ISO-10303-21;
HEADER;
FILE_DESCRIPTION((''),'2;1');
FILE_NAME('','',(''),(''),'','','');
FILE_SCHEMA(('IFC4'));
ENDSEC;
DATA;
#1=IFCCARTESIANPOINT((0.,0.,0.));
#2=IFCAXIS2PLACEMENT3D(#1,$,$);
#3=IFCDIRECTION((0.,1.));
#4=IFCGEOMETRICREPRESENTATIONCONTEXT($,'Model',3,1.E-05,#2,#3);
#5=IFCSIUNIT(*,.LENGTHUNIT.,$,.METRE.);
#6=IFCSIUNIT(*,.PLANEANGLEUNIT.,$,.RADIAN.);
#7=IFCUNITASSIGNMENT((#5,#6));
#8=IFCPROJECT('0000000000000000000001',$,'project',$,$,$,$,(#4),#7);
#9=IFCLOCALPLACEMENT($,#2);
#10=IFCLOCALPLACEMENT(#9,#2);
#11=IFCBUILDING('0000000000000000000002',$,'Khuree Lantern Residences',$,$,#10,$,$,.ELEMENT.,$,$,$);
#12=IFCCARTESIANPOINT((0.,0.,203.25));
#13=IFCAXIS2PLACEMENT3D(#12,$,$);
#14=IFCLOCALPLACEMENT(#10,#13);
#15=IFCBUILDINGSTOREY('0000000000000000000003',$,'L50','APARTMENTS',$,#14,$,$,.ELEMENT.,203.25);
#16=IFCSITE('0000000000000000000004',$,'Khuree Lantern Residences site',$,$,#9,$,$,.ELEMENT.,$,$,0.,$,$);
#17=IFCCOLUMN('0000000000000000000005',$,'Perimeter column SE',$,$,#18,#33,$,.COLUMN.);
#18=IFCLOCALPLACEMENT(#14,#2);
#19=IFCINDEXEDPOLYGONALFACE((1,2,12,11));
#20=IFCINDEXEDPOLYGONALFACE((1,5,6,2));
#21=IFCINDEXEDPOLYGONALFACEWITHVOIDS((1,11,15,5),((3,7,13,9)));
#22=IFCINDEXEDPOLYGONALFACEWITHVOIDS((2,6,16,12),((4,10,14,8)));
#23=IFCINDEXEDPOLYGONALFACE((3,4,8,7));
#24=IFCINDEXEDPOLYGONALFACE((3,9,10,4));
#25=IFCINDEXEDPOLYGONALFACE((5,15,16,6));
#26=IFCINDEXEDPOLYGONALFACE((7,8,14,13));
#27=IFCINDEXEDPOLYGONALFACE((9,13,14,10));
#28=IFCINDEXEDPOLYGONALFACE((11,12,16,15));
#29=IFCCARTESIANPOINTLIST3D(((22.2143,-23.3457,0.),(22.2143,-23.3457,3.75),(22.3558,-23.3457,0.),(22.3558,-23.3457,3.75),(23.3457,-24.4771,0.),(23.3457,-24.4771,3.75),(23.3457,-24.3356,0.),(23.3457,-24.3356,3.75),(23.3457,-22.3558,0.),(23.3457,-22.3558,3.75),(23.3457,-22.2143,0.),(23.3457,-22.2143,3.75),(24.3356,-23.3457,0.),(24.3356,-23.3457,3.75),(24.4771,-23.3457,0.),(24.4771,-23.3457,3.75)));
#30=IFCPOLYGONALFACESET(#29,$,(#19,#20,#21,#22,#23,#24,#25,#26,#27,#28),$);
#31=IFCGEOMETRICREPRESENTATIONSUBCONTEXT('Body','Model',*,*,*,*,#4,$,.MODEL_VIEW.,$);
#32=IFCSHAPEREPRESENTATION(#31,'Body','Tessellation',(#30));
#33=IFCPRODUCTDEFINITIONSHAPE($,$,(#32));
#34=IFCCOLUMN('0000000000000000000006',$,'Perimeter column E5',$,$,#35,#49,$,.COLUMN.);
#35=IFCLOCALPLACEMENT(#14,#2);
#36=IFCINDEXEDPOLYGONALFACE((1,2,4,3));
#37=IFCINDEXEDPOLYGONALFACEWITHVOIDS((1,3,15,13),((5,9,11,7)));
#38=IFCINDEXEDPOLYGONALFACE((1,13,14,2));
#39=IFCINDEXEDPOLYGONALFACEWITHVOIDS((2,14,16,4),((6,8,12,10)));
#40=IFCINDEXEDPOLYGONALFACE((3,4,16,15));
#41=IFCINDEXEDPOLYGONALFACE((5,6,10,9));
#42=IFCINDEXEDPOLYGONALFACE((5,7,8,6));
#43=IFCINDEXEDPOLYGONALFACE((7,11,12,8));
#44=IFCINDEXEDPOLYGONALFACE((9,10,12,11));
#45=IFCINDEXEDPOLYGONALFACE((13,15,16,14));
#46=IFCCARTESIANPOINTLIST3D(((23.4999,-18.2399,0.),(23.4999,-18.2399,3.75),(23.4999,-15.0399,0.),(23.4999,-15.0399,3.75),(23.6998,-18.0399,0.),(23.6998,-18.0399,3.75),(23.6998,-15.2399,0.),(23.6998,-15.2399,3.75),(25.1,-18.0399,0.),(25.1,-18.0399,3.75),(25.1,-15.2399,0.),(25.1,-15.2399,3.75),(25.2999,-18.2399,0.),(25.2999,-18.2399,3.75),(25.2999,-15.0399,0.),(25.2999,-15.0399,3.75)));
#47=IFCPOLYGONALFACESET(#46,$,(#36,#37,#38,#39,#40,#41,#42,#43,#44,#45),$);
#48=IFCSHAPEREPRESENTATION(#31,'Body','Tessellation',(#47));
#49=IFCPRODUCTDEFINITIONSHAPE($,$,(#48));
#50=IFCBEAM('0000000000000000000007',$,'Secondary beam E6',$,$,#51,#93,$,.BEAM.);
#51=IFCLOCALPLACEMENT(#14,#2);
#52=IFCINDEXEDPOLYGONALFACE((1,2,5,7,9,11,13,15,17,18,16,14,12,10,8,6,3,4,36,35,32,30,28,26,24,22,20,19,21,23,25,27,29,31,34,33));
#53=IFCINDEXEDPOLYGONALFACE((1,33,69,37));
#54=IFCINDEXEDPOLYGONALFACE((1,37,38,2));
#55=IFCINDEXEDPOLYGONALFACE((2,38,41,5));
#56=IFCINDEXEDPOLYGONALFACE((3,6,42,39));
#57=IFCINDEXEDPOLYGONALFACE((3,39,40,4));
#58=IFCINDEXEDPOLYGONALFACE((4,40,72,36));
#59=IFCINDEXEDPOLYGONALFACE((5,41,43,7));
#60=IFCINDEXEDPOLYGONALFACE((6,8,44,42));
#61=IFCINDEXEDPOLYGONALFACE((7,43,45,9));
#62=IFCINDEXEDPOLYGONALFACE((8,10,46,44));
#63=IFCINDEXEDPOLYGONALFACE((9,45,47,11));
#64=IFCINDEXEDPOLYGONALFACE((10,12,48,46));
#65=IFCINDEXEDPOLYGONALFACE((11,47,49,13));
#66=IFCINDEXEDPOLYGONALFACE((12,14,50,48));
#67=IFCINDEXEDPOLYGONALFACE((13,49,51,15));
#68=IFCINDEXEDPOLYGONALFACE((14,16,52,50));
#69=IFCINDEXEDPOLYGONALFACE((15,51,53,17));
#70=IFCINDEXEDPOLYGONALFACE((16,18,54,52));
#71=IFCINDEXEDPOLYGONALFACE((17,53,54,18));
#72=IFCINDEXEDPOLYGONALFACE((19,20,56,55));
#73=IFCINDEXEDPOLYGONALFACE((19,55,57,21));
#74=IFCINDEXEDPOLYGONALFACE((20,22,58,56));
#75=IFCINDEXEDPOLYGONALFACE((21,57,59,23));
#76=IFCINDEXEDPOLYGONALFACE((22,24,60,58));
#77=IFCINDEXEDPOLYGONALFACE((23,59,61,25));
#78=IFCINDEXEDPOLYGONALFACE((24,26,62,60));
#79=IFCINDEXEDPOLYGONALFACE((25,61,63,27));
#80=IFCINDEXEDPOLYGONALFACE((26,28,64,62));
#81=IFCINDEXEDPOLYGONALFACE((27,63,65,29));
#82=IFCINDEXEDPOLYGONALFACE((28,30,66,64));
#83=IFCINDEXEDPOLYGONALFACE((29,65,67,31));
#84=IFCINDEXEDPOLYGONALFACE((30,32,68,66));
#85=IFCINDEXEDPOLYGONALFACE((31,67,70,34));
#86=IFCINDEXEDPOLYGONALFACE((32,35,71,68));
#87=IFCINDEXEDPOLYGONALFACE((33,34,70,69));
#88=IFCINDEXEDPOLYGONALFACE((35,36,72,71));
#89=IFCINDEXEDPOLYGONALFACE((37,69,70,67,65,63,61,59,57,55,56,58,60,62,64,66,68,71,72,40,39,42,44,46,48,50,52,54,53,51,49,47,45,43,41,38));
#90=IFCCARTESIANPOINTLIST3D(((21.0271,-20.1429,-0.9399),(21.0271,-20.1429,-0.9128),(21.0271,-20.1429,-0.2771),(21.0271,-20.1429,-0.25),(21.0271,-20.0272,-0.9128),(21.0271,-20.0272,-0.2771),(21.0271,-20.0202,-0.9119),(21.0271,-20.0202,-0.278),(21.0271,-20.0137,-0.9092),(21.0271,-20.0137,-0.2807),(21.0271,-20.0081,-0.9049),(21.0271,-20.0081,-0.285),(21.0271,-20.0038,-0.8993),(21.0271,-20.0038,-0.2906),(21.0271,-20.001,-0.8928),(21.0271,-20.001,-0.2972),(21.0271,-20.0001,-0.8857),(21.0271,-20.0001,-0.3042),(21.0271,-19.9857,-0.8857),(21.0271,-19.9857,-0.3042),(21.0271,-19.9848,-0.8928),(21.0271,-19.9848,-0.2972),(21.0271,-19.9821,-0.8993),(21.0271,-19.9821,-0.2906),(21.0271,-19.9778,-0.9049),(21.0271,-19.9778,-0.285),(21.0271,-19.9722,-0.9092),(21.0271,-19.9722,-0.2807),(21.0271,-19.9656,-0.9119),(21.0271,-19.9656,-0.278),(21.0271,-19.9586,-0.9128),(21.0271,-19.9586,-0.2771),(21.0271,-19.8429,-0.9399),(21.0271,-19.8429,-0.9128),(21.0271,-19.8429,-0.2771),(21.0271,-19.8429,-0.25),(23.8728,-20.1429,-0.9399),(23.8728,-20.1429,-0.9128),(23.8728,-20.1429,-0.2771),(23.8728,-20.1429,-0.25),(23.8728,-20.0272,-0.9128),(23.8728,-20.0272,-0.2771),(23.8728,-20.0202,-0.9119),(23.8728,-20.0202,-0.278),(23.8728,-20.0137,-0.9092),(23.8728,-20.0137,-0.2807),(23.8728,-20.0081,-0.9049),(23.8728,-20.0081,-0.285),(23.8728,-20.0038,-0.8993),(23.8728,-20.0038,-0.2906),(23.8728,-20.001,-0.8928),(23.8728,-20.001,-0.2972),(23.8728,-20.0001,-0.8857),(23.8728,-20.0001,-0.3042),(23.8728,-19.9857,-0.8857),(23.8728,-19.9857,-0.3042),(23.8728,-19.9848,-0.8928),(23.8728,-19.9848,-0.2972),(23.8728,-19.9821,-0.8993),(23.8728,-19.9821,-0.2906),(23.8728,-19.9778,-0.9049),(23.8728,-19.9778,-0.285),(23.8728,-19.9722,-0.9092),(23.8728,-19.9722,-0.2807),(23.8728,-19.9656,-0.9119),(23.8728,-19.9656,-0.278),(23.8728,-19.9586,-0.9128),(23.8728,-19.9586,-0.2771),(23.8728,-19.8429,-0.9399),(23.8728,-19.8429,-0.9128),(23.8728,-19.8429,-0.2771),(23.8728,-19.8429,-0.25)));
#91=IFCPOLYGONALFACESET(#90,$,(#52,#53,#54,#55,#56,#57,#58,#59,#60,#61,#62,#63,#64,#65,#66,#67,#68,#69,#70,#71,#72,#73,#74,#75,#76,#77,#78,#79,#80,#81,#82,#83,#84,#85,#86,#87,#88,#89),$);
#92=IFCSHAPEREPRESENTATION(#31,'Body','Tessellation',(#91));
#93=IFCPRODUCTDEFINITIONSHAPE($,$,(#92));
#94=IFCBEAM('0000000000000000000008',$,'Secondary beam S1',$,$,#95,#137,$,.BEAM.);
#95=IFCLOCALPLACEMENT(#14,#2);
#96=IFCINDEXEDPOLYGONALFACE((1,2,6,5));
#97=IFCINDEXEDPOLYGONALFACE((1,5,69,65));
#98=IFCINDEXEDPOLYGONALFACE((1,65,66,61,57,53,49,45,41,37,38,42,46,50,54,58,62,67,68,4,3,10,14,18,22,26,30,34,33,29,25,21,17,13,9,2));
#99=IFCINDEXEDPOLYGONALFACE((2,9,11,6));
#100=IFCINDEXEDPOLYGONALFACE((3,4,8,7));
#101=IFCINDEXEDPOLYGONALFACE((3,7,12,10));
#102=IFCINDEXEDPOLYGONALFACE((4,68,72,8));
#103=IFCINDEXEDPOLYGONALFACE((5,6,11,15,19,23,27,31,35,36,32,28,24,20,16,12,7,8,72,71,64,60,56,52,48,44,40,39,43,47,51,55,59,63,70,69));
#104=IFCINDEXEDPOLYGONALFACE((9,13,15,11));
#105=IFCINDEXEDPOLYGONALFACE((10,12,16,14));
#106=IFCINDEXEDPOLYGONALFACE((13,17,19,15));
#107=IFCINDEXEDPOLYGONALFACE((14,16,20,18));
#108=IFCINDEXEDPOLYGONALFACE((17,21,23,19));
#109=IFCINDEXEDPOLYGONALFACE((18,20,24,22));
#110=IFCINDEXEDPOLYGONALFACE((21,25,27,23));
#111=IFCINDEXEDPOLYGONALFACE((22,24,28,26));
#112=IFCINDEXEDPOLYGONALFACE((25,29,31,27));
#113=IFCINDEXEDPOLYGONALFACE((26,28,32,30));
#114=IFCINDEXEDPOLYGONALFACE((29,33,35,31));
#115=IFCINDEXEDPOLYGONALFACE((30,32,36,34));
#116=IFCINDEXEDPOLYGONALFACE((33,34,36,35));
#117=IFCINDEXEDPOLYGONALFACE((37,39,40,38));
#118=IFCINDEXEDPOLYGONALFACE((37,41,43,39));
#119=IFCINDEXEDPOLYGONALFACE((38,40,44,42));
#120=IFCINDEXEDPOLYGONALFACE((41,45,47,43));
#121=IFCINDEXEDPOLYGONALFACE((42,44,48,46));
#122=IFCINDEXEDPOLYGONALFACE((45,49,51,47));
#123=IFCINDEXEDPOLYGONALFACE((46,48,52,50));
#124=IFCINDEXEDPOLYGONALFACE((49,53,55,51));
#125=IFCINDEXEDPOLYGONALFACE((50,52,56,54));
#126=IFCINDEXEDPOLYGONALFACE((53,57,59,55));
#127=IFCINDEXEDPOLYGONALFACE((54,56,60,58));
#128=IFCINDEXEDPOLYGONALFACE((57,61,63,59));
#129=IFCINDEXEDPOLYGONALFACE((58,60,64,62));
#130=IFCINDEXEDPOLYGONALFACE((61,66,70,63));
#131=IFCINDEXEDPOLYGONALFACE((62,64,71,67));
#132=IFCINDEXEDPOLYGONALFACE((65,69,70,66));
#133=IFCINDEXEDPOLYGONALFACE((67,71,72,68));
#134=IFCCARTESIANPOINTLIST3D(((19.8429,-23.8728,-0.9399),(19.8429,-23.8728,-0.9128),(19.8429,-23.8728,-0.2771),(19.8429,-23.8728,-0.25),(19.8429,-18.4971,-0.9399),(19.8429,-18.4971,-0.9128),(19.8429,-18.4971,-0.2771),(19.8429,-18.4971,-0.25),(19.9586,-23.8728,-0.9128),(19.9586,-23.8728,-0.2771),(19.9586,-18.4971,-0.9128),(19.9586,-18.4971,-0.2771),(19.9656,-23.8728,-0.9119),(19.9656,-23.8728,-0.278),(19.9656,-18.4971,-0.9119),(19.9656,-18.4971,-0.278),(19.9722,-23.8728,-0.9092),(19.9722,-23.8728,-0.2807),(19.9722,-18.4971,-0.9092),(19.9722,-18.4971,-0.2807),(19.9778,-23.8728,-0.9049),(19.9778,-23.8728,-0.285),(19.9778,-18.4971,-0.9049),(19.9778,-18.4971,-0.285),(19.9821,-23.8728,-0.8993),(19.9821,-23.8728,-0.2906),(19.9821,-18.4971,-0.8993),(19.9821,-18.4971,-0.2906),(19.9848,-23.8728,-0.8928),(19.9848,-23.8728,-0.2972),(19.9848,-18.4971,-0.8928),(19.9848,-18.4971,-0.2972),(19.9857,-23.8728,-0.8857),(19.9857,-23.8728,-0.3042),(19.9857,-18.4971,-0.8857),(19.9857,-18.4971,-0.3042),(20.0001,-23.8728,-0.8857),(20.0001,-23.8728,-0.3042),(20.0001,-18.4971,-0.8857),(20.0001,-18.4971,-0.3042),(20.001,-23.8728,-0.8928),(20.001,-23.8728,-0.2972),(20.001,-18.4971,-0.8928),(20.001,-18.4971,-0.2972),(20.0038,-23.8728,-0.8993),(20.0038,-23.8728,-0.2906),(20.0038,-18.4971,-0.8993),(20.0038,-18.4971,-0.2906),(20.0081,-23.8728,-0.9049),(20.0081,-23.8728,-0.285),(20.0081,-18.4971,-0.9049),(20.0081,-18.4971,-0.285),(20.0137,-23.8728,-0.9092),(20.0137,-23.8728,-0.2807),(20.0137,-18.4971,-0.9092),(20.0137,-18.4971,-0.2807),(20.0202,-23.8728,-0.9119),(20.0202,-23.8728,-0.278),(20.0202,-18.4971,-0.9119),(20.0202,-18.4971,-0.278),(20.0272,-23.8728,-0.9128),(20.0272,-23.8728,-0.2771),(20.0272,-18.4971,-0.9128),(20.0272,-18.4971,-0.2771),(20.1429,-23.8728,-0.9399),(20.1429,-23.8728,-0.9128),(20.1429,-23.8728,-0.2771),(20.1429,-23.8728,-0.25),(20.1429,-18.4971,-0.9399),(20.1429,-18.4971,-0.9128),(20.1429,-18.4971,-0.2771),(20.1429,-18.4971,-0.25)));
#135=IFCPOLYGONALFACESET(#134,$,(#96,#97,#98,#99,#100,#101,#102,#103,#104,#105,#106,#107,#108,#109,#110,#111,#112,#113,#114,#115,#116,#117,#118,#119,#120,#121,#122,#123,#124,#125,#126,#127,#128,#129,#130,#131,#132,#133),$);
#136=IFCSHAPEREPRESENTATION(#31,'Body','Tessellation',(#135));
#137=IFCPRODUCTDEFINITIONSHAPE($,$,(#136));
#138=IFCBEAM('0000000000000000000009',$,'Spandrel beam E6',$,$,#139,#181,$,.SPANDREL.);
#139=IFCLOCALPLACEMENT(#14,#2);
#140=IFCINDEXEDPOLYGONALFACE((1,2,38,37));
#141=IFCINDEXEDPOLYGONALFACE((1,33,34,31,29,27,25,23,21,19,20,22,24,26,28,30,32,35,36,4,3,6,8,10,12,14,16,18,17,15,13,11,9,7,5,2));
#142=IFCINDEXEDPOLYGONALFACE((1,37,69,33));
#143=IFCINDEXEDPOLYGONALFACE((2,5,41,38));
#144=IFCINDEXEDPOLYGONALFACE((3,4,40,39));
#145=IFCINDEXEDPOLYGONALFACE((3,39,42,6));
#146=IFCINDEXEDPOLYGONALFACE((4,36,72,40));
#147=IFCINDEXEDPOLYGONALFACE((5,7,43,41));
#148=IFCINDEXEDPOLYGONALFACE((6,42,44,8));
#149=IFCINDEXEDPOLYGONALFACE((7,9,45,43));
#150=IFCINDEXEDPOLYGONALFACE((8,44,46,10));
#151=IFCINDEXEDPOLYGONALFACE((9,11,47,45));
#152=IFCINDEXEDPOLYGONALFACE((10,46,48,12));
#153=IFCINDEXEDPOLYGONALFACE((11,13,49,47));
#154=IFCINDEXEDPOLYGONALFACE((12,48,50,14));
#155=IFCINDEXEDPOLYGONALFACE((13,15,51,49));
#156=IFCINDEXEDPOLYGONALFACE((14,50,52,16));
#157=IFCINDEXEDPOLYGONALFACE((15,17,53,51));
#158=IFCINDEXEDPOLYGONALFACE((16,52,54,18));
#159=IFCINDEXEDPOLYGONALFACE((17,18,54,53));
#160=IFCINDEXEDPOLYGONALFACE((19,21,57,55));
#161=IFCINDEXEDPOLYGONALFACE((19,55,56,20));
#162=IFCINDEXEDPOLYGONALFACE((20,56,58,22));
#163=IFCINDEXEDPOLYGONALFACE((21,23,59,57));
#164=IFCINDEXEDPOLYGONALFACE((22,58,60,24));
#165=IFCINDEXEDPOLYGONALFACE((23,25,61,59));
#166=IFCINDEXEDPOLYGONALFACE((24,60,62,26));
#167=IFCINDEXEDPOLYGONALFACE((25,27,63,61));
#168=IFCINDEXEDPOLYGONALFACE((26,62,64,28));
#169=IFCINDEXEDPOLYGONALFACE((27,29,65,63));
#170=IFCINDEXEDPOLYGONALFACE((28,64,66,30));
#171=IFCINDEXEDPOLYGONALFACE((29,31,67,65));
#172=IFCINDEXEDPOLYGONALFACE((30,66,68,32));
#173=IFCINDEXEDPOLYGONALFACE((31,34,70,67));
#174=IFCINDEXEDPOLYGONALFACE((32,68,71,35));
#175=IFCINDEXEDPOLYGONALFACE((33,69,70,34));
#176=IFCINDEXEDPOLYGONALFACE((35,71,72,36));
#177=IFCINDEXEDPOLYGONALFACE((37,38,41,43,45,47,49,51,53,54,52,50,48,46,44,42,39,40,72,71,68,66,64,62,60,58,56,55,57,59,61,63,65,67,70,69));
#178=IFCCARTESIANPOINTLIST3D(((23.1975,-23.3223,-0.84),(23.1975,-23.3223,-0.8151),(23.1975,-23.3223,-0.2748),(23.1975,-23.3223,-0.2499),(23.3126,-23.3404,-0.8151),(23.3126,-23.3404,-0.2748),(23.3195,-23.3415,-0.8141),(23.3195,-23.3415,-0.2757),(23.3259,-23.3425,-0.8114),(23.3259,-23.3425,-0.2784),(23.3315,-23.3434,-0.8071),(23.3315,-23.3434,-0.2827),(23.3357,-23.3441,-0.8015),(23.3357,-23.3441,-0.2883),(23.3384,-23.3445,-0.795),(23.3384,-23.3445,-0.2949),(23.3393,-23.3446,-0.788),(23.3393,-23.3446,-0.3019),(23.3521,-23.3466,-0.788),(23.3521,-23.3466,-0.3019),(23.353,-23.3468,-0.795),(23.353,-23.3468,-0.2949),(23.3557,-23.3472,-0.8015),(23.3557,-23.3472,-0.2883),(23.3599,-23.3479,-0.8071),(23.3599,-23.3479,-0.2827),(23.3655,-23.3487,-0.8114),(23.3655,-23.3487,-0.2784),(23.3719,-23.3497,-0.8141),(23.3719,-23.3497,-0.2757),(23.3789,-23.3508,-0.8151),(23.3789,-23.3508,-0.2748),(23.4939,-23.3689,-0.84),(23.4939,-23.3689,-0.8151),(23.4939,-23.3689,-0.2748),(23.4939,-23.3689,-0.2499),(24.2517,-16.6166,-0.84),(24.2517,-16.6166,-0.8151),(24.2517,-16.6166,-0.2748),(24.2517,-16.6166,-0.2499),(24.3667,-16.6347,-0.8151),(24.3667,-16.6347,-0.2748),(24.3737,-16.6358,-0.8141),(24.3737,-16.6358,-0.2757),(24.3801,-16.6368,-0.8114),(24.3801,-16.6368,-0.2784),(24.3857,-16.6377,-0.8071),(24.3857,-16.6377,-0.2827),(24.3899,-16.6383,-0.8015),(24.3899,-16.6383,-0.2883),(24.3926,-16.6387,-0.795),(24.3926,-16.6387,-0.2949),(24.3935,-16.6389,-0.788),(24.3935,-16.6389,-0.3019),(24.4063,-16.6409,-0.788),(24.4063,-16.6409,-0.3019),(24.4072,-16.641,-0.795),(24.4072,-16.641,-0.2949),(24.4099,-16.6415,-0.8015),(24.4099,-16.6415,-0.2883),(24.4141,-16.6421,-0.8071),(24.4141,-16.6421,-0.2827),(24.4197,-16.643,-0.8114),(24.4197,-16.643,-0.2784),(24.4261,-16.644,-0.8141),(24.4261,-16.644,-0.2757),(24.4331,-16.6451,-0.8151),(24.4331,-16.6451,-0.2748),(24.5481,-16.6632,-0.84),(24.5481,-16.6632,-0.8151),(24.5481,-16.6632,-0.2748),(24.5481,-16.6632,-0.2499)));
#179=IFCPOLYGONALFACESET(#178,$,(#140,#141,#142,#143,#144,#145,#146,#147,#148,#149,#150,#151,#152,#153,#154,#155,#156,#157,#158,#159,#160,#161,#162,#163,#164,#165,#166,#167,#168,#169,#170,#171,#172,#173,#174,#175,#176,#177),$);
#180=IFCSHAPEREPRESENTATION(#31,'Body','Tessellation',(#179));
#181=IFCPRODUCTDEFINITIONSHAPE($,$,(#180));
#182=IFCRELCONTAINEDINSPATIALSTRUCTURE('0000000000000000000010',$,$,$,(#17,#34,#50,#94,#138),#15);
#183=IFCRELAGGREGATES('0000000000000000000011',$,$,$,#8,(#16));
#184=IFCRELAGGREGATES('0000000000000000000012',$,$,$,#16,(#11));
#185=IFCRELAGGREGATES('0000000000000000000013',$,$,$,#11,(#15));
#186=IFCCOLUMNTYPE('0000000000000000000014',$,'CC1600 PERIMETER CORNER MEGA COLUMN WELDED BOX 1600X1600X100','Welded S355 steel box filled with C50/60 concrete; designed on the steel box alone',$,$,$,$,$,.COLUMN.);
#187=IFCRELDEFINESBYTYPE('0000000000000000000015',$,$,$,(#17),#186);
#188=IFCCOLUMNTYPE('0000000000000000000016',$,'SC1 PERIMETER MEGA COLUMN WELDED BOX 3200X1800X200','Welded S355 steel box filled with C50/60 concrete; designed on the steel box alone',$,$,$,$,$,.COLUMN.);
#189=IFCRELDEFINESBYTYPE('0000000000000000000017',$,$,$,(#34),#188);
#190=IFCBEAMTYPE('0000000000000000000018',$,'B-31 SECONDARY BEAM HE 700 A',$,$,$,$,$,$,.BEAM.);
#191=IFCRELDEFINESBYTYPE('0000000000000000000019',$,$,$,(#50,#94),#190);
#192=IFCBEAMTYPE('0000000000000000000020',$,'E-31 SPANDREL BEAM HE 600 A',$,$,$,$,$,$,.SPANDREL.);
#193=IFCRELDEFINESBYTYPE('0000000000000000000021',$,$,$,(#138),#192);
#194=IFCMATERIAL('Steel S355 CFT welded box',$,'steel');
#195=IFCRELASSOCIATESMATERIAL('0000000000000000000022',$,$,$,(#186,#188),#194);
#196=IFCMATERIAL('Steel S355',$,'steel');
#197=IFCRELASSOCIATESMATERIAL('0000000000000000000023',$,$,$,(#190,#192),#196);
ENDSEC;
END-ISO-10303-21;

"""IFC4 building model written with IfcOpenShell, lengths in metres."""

from ifc_helpers import new_model, si_unit, direction, frame, origin, origin_2d, place, context, subcontext, project, spatial, hollow_rectangle, i_section, extrude, material, material_profile, profile_set, type_object, element, save


model = new_model("IFC4")

# Units and contexts
model_context = context("Model", 3, precision=1e-05, world=origin(), true_north=direction((0.0, 1.0)))
body_context = subcontext(model_context, "Body", "Model", "MODEL_VIEW")
ifc_project = project(units=[si_unit("LENGTHUNIT", "METRE"), si_unit("PLANEANGLEUNIT", "RADIAN")], contexts=[model_context])

# Site, building, storey
site_placement = place(None, origin())
site = spatial("IfcSite", under=ifc_project, at=site_placement, Name="Khuree Lantern Residences site", CompositionType="ELEMENT", RefElevation=0.0)
building_placement = place(site_placement, origin())
building = spatial("IfcBuilding", under=site, at=building_placement, Name="Khuree Lantern Residences", CompositionType="ELEMENT")
storey_placement = place(building_placement, frame((0.0, 0.0, 203.25)))
storey = spatial("IfcBuildingStorey", under=building, at=storey_placement, Name="L50", Description="APARTMENTS", CompositionType="ELEMENT", Elevation=203.25)

# Columns
ifc_material_1 = material(Name="Steel S355 CFT welded box", Category="steel")
ifc_material_profile_1 = material_profile(ifc_material_1, hollow_rectangle(XDim=1.6001, YDim=1.6001, WallThickness=0.1001, at=origin_2d()), Name="WELDED BOX 1600X1600X100")
ifc_profile_set_1 = profile_set([ifc_material_profile_1], Name="Steel S355 CFT welded box")
column_type_1 = type_object("IfcColumnType", Name="CC1600 PERIMETER CORNER MEGA COLUMN WELDED BOX 1600X1600X100", Description="Welded S355 steel box filled with C50/60 concrete; designed on the steel box alone", PredefinedType="COLUMN", material=ifc_profile_set_1)
column_1_placement = place(storey_placement, frame((23.3457, -23.3457, 0.0), z_axis=(0.0, 0.0, 1.0), x_axis=(0.707107, 0.707107, 0.0)))
element("IfcColumn", 1, at=column_1_placement, inside=storey, type_object=column_type_1, Name="Perimeter column SE", PredefinedType="COLUMN", context=body_context, shape_type="SweptSolid", body=[
    extrude(hollow_rectangle(XDim=1.6001, YDim=1.6001, WallThickness=0.1001, at=origin_2d()), origin(), (0.0, 0.0, 1.0), 3.75),
])
ifc_material_profile_2 = material_profile(ifc_material_1, hollow_rectangle(XDim=3.2, YDim=1.8, WallThickness=0.2, at=origin_2d()), Name="WELDED BOX 3200X1800X200")
ifc_profile_set_2 = profile_set([ifc_material_profile_2], Name="Steel S355 CFT welded box")
column_type_2 = type_object("IfcColumnType", Name="SC1 PERIMETER MEGA COLUMN WELDED BOX 3200X1800X200", Description="Welded S355 steel box filled with C50/60 concrete; designed on the steel box alone", PredefinedType="COLUMN", material=ifc_profile_set_2)
column_2_placement = place(storey_placement, frame((24.3999, -16.6399, 0.0), z_axis=(0.0, 0.0, 1.0), x_axis=(0.0, 1.0, 0.0)))
element("IfcColumn", 2, at=column_2_placement, inside=storey, type_object=column_type_2, Name="Perimeter column E5", PredefinedType="COLUMN", context=body_context, shape_type="SweptSolid", body=[
    extrude(hollow_rectangle(XDim=3.2, YDim=1.8, WallThickness=0.2, at=origin_2d()), origin(), (0.0, 0.0, 1.0), 3.75),
])

# Beams
ifc_material_2 = material(Name="Steel S355", Category="steel")
ifc_material_profile_3 = material_profile(ifc_material_2, i_section(OverallWidth=0.3, OverallDepth=0.6899, WebThickness=0.0144, FlangeThickness=0.0271, FilletRadius=0.0271, at=origin_2d()), Name="HE 700 A")
ifc_profile_set_3 = profile_set([ifc_material_profile_3], Name="Steel S355")
beam_type_1 = type_object("IfcBeamType", Name="B-31 SECONDARY BEAM HE 700 A", PredefinedType="BEAM", material=ifc_profile_set_3)
beam_1_placement = place(storey_placement, frame((23.8728, -19.9929, -0.595), z_axis=(-1.0, 0.0, 0.0), x_axis=(0.0, -1.0, 0.0)))
element("IfcBeam", 3, at=beam_1_placement, inside=storey, type_object=beam_type_1, Name="Secondary beam E6", PredefinedType="BEAM", context=body_context, shape_type="SweptSolid", body=[
    extrude(i_section(OverallWidth=0.3, OverallDepth=0.6899, WebThickness=0.0144, FlangeThickness=0.0271, FilletRadius=0.0271, at=origin_2d()), origin(), (0.0, 0.0, 1.0), 2.8457),
])
beam_2_placement = place(storey_placement, frame((19.9929, -23.8728, -0.595), z_axis=(0.0, 1.0, 0.0), x_axis=(-1.0, 0.0, 0.0)))
element("IfcBeam", 4, at=beam_2_placement, inside=storey, type_object=beam_type_1, Name="Secondary beam S1", PredefinedType="BEAM", context=body_context, shape_type="SweptSolid", body=[
    extrude(i_section(OverallWidth=0.3, OverallDepth=0.6899, WebThickness=0.0144, FlangeThickness=0.0271, FilletRadius=0.0271, at=origin_2d()), origin(), (0.0, 0.0, 1.0), 5.3757),
])
ifc_material_profile_4 = material_profile(ifc_material_2, i_section(OverallWidth=0.3, OverallDepth=0.5901, WebThickness=0.0129, FlangeThickness=0.0249, FilletRadius=0.0271, at=origin_2d()), Name="HE 600 A")
ifc_profile_set_4 = profile_set([ifc_material_profile_4], Name="Steel S355")
beam_type_2 = type_object("IfcBeamType", Name="E-31 SPANDREL BEAM HE 600 A", PredefinedType="SPANDREL", material=ifc_profile_set_4)
for number, where, z_axis, x_axis, name in (
    (5, (24.3999, -16.6399, -0.5449), (-0.1553, -0.987867, 0.0), (0.987867, -0.1553, 0.0), "Spandrel beam E6"),
):
    element("IfcBeam", number, at=place(storey_placement, frame(where, z_axis=z_axis, x_axis=x_axis)), inside=storey, type_object=beam_type_2, Name=name, PredefinedType="SPANDREL", context=body_context, shape_type="SweptSolid", body=[
        extrude(i_section(OverallWidth=0.3, OverallDepth=0.5901, WebThickness=0.0129, FlangeThickness=0.0249, FilletRadius=0.0271, at=origin_2d()), origin(), (0.0, 0.0, 1.0), 6.7881),
    ])

save(model, "model.ifc")
